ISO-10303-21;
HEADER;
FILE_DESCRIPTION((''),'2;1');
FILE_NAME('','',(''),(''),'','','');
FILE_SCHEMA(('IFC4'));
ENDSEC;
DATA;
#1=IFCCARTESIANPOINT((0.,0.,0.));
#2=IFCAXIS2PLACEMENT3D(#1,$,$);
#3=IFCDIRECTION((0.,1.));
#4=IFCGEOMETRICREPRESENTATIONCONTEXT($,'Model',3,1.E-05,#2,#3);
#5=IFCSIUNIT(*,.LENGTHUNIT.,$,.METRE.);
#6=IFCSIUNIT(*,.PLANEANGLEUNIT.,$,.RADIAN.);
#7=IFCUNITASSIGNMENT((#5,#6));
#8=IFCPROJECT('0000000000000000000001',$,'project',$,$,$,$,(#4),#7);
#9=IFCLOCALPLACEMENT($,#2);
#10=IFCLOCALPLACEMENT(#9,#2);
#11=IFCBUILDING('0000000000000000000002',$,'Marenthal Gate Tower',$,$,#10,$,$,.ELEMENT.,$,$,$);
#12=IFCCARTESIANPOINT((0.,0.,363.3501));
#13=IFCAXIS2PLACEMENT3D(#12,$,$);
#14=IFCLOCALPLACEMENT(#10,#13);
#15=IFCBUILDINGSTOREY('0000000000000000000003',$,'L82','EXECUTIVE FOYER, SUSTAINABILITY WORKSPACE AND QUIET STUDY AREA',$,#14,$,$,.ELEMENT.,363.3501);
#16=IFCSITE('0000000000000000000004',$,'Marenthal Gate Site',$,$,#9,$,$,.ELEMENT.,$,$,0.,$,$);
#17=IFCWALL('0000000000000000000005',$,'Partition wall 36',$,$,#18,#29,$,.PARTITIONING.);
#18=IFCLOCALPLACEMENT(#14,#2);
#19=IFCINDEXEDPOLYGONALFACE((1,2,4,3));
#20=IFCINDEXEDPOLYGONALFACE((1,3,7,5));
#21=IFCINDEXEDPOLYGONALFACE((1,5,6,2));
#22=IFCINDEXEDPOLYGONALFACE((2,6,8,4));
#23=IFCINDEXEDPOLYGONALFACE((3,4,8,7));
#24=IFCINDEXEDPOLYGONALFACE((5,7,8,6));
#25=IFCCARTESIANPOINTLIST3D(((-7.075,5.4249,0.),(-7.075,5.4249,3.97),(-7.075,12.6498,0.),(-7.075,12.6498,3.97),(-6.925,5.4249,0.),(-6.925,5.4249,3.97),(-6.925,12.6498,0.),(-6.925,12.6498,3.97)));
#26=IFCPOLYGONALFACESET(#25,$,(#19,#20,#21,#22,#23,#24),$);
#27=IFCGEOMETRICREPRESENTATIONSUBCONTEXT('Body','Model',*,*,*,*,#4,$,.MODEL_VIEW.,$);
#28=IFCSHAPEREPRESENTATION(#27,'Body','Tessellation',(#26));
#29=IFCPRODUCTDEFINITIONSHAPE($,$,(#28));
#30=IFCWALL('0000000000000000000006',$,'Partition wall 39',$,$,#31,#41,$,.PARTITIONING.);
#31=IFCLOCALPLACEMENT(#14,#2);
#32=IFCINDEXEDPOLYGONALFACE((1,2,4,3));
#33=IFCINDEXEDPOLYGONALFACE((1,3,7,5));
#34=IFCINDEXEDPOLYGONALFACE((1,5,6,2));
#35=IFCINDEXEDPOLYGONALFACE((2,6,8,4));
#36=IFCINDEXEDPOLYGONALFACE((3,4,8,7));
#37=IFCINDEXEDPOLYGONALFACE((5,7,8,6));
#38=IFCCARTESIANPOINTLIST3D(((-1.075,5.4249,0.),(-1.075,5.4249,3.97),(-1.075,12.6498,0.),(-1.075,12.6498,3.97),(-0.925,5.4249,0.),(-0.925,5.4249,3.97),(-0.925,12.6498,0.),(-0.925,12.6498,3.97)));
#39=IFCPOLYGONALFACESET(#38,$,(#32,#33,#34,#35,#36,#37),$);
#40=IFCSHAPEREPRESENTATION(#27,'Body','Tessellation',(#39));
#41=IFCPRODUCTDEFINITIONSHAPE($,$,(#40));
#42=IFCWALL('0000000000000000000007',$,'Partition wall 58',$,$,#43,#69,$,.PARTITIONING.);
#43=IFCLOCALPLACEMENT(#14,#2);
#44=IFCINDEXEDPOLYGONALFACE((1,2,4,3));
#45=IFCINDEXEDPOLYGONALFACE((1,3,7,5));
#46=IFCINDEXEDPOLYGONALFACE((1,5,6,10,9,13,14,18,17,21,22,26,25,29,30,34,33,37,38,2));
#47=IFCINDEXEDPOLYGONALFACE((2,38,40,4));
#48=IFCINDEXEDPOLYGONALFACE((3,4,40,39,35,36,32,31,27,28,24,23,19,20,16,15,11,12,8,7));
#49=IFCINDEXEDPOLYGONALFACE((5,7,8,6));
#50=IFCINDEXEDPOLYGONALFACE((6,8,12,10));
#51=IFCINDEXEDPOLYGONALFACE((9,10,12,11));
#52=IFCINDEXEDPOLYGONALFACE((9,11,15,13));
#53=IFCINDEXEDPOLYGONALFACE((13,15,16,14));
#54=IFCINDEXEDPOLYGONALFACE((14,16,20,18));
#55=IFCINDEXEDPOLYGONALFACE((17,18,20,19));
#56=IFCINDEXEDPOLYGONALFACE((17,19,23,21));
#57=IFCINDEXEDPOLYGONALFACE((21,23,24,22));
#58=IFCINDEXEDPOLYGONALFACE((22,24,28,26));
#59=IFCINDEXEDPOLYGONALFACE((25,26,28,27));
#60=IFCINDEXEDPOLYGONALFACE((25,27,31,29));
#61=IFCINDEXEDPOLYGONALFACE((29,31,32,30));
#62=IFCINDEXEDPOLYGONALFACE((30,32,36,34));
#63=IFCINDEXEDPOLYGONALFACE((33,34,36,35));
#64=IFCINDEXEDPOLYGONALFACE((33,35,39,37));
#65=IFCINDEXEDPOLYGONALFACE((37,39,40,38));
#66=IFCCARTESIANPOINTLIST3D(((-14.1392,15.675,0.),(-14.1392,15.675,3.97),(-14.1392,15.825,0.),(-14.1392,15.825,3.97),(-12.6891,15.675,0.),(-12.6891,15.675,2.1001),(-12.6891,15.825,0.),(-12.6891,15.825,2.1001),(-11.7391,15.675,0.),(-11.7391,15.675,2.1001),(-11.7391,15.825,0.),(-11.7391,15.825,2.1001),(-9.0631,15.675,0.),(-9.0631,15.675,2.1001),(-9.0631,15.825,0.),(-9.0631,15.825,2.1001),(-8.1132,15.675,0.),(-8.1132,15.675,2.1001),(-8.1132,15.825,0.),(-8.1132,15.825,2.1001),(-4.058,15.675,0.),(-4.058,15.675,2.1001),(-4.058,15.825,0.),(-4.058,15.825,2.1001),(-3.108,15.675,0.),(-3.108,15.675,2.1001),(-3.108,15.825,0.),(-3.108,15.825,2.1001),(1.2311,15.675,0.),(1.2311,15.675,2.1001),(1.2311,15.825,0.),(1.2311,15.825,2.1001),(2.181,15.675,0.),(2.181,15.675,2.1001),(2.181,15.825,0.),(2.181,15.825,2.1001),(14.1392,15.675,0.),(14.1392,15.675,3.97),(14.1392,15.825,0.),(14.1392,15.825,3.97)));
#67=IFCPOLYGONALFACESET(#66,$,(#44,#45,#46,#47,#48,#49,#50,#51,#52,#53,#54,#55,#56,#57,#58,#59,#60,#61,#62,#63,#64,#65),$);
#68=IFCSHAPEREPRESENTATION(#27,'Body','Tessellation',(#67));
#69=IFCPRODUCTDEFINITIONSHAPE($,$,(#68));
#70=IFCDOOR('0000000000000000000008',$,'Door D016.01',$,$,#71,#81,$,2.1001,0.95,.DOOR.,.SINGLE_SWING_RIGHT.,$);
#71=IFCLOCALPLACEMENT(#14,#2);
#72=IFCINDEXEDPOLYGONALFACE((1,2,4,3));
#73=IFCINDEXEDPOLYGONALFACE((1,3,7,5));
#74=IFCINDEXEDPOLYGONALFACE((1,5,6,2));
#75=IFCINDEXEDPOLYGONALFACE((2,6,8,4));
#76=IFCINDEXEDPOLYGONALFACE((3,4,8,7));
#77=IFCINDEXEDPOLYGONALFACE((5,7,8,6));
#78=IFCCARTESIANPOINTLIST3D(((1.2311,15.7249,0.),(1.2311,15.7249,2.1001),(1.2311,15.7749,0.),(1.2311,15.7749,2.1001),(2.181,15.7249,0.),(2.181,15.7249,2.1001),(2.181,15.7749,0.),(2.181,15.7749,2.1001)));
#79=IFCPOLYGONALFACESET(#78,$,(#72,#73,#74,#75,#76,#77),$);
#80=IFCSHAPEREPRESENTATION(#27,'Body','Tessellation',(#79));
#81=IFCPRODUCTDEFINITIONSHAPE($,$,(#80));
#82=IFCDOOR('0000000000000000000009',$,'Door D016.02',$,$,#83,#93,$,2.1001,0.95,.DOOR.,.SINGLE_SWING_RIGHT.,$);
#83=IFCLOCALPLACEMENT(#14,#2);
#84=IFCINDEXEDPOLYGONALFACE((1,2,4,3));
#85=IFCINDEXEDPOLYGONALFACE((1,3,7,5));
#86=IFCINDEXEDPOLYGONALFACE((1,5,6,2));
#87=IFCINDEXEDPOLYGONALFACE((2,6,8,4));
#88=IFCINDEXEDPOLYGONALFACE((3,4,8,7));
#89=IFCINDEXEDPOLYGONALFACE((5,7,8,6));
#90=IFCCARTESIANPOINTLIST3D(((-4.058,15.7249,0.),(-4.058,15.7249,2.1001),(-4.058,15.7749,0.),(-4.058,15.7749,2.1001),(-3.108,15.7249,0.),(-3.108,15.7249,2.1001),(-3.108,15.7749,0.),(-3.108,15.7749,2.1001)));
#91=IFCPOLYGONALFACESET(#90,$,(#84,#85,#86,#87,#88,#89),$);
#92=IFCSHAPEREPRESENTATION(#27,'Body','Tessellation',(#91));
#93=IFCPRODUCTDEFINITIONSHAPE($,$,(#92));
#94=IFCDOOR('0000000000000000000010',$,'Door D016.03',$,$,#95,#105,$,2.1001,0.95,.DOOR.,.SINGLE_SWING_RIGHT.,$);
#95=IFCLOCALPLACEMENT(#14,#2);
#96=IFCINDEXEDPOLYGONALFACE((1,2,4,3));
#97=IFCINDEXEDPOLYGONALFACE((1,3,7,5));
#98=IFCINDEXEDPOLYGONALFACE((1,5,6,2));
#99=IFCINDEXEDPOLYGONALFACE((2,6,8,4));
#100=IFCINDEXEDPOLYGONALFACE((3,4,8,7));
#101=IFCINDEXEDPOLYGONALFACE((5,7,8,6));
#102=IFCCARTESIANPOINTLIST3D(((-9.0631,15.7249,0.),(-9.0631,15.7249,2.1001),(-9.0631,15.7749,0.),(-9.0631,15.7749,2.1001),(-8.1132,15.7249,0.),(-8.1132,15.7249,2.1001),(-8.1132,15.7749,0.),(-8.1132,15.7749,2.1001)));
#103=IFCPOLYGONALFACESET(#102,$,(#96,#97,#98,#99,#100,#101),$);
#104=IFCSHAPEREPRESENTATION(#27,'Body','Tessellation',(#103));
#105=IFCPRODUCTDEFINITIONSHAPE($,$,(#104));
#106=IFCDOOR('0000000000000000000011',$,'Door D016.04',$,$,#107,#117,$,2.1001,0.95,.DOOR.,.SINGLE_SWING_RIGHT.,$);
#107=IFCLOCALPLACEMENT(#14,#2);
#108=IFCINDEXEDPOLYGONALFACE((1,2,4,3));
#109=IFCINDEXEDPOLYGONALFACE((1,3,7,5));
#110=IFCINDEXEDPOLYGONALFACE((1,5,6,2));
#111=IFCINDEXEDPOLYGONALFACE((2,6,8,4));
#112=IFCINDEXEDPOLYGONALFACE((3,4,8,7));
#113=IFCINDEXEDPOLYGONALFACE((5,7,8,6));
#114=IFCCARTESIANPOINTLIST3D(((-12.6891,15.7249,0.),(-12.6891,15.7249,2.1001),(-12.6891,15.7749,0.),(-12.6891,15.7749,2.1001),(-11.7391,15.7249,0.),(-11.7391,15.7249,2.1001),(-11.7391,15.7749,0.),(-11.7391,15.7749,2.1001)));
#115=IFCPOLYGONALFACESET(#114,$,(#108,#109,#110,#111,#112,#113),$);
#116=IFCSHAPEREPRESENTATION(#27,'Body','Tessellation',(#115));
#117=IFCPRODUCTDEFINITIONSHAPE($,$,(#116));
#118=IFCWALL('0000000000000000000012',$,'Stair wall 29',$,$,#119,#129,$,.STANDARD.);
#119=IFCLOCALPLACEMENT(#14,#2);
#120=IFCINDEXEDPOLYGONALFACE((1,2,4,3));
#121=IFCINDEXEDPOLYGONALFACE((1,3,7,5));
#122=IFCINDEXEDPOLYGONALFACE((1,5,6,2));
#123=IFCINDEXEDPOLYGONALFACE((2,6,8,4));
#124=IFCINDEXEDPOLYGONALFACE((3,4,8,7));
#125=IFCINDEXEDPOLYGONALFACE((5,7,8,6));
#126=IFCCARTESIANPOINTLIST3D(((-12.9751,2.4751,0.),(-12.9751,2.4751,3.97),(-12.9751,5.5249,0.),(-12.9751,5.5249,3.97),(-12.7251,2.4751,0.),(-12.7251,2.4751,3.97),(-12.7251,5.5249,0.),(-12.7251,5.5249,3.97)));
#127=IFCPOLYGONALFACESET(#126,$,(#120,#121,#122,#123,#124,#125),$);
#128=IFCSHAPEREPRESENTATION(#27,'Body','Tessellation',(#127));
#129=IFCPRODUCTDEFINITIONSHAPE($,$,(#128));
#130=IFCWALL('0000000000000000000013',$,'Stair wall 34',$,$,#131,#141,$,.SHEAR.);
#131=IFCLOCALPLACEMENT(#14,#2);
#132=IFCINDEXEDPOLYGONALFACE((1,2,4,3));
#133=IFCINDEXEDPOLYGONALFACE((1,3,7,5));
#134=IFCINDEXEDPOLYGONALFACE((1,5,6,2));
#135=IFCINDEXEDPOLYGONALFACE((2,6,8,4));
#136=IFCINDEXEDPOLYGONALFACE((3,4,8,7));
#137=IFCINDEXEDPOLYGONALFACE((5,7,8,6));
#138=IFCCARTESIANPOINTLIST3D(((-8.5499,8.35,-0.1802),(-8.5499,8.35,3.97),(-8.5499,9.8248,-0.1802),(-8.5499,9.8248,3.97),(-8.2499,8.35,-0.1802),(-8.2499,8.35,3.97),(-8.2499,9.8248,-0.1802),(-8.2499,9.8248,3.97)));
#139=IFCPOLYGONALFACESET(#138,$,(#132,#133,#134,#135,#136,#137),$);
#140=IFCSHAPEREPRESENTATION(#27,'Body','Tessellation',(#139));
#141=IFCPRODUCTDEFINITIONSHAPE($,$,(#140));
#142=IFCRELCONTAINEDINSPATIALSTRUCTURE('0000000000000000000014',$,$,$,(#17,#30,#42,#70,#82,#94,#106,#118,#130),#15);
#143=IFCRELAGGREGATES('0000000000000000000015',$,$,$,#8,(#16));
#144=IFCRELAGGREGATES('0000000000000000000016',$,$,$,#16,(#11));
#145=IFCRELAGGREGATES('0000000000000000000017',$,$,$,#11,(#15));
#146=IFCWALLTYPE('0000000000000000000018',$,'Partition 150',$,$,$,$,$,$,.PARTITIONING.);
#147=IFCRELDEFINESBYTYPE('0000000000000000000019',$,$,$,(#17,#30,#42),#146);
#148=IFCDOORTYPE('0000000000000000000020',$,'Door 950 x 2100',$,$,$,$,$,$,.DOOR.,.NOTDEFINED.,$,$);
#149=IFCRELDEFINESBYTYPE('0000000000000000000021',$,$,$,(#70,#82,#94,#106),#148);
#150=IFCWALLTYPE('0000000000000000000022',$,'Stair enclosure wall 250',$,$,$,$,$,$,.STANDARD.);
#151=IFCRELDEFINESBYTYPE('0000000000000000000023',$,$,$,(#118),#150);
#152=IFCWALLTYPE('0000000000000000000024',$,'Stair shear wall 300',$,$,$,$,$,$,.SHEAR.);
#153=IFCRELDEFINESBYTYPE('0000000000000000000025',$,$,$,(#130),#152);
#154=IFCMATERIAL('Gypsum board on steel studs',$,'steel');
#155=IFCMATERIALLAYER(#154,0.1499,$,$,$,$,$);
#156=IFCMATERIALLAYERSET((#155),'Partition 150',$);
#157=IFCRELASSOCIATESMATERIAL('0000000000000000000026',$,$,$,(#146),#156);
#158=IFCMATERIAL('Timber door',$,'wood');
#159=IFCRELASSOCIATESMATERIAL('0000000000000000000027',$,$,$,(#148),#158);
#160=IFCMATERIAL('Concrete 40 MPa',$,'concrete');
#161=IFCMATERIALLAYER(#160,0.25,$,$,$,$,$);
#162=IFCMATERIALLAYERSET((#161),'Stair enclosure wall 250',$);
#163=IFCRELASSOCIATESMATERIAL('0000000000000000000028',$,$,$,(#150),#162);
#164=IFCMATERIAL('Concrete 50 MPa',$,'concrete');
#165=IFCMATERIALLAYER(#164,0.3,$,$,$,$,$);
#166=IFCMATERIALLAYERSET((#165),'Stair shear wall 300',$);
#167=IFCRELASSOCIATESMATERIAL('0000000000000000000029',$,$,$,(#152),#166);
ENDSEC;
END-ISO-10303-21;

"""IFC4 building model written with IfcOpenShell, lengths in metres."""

from ifc_helpers import new_model, si_unit, direction, frame, frame_2d, origin, place, context, subcontext, project, spatial, rectangle, extrude, material, layer, layer_set, type_object, element, fill, save


model = new_model("IFC4")

# Units and contexts
model_context = context("Model", 3, precision=1e-05, world=origin(), true_north=direction((0.0, 1.0)))
body_context = subcontext(model_context, "Body", "Model", "MODEL_VIEW")
ifc_project = project(units=[si_unit("LENGTHUNIT", "METRE"), si_unit("PLANEANGLEUNIT", "RADIAN")], contexts=[model_context])

# Site, building, storey
site_placement = place(None, origin())
site = spatial("IfcSite", under=ifc_project, at=site_placement, Name="Marenthal Gate Site", CompositionType="ELEMENT", RefElevation=0.0)
building_placement = place(site_placement, origin())
building = spatial("IfcBuilding", under=site, at=building_placement, Name="Marenthal Gate Tower", CompositionType="ELEMENT")
storey_placement = place(building_placement, frame((0.0, 0.0, 363.3501)))
storey = spatial("IfcBuildingStorey", under=building, at=storey_placement, Name="L82", Description="EXECUTIVE FOYER, SUSTAINABILITY WORKSPACE AND QUIET STUDY AREA", CompositionType="ELEMENT", Elevation=363.3501)

# Walls
ifc_material_1 = material(Name="Gypsum board on steel studs", Category="steel")
ifc_layer_1 = layer(ifc_material_1, 0.1499)
ifc_layer_set_1 = layer_set([ifc_layer_1], Name="Partition 150")
wall_type_1 = type_object("IfcWallType", Name="Partition 150", PredefinedType="PARTITIONING", material=ifc_layer_set_1)
for number, where, z_axis, x_axis, name in (
    (1, (-7.0, 5.425, 0.0), (0.0, 0.0, 1.0), (0.0, 1.0, 0.0), "Partition wall 36"),
    (2, (-1.0, 5.425, 0.0), (0.0, 0.0, 1.0), (0.0, 1.0, 0.0), "Partition wall 39"),
):
    element("IfcWall", number, at=place(storey_placement, frame(where, z_axis=z_axis, x_axis=x_axis)), inside=storey, type_object=wall_type_1, Name=name, PredefinedType="PARTITIONING", context=body_context, shape_type="SweptSolid", body=[
        extrude(rectangle(XDim=7.2249, YDim=0.1499, at=frame_2d((3.6123, 0.0))), origin(), (0.0, 0.0, 1.0), 3.97),
    ])

# Wall, openings, doors
wall_1_placement = place(storey_placement, frame((-14.1392, 15.75, 0.0), z_axis=(0.0, 0.0, 1.0), x_axis=(1.0, 0.0, 0.0)))
wall_1 = element("IfcWall", 3, at=wall_1_placement, inside=storey, type_object=wall_type_1, Name="Partition wall 58", PredefinedType="PARTITIONING", context=body_context, shape_type="SweptSolid", body=[
    extrude(rectangle(XDim=28.2783, YDim=0.1499, at=frame_2d((14.1392, 0.0))), origin(), (0.0, 0.0, 1.0), 3.97),
])
opening_1_placement = place(wall_1_placement, frame((15.3701, 0.0, 0.0)))
opening_1 = element("IfcOpeningElement", 4, at=opening_1_placement, cuts=wall_1, PredefinedType="OPENING", context=body_context, shape_type="SweptSolid", body=[
    extrude(rectangle(XDim=0.95, YDim=2.1001, at=frame_2d((0.4751, 1.05))), frame((0.0, 0.085, 0.0), z_axis=(0.0, -1.0, 0.0), x_axis=(1.0, 0.0, 0.0)), (0.0, 0.0, 1.0), 0.1699),
])
opening_2_placement = place(wall_1_placement, frame((10.0811, 0.0, 0.0)))
opening_2 = element("IfcOpeningElement", 5, at=opening_2_placement, cuts=wall_1, PredefinedType="OPENING", context=body_context, shape_type="SweptSolid", body=[
    extrude(rectangle(XDim=0.95, YDim=2.1001, at=frame_2d((0.4751, 1.05))), frame((0.0, 0.085, 0.0), z_axis=(0.0, -1.0, 0.0), x_axis=(1.0, 0.0, 0.0)), (0.0, 0.0, 1.0), 0.1699),
])
opening_3_placement = place(wall_1_placement, frame((5.0759, 0.0, 0.0)))
opening_3 = element("IfcOpeningElement", 6, at=opening_3_placement, cuts=wall_1, PredefinedType="OPENING", context=body_context, shape_type="SweptSolid", body=[
    extrude(rectangle(XDim=0.95, YDim=2.1001, at=frame_2d((0.4751, 1.05))), frame((0.0, 0.085, 0.0), z_axis=(0.0, -1.0, 0.0), x_axis=(1.0, 0.0, 0.0)), (0.0, 0.0, 1.0), 0.1699),
])
opening_4_placement = place(wall_1_placement, frame((1.45, 0.0, 0.0)))
opening_4 = element("IfcOpeningElement", 7, at=opening_4_placement, cuts=wall_1, PredefinedType="OPENING", context=body_context, shape_type="SweptSolid", body=[
    extrude(rectangle(XDim=0.95, YDim=2.1001, at=frame_2d((0.4751, 1.05))), frame((0.0, 0.085, 0.0), z_axis=(0.0, -1.0, 0.0), x_axis=(1.0, 0.0, 0.0)), (0.0, 0.0, 1.0), 0.1699),
])
ifc_material_2 = material(Name="Timber door", Category="wood")
door_type_1 = type_object("IfcDoorType", Name="Door 950 x 2100", OperationType="NOTDEFINED", PredefinedType="DOOR", material=ifc_material_2)
door_1_placement = place(opening_1_placement, origin())
door_1 = element("IfcDoor", 8, at=door_1_placement, inside=storey, type_object=door_type_1, Name="Door D016.01", OperationType="SINGLE_SWING_RIGHT", OverallHeight=2.1001, OverallWidth=0.95, PredefinedType="DOOR", context=body_context, shape_type="SweptSolid", body=[
    extrude(rectangle(XDim=0.95, YDim=2.1001, at=frame_2d((0.4751, 1.05))), frame((0.0, 0.0249, 0.0), z_axis=(0.0, -1.0, 0.0), x_axis=(1.0, 0.0, 0.0)), (0.0, 0.0, 1.0), 0.05),
])
fill(opening_1, door_1)
door_2_placement = place(opening_2_placement, origin())
door_2 = element("IfcDoor", 9, at=door_2_placement, inside=storey, type_object=door_type_1, Name="Door D016.02", OperationType="SINGLE_SWING_RIGHT", OverallHeight=2.1001, OverallWidth=0.95, PredefinedType="DOOR", context=body_context, shape_type="SweptSolid", body=[
    extrude(rectangle(XDim=0.95, YDim=2.1001, at=frame_2d((0.4751, 1.05))), frame((0.0, 0.0249, 0.0), z_axis=(0.0, -1.0, 0.0), x_axis=(1.0, 0.0, 0.0)), (0.0, 0.0, 1.0), 0.05),
])
fill(opening_2, door_2)
door_3_placement = place(opening_3_placement, origin())
door_3 = element("IfcDoor", 10, at=door_3_placement, inside=storey, type_object=door_type_1, Name="Door D016.03", OperationType="SINGLE_SWING_RIGHT", OverallHeight=2.1001, OverallWidth=0.95, PredefinedType="DOOR", context=body_context, shape_type="SweptSolid", body=[
    extrude(rectangle(XDim=0.95, YDim=2.1001, at=frame_2d((0.4751, 1.05))), frame((0.0, 0.0249, 0.0), z_axis=(0.0, -1.0, 0.0), x_axis=(1.0, 0.0, 0.0)), (0.0, 0.0, 1.0), 0.05),
])
fill(opening_3, door_3)
door_4_placement = place(opening_4_placement, origin())
door_4 = element("IfcDoor", 11, at=door_4_placement, inside=storey, type_object=door_type_1, Name="Door D016.04", OperationType="SINGLE_SWING_RIGHT", OverallHeight=2.1001, OverallWidth=0.95, PredefinedType="DOOR", context=body_context, shape_type="SweptSolid", body=[
    extrude(rectangle(XDim=0.95, YDim=2.1001, at=frame_2d((0.4751, 1.05))), frame((0.0, 0.0249, 0.0), z_axis=(0.0, -1.0, 0.0), x_axis=(1.0, 0.0, 0.0)), (0.0, 0.0, 1.0), 0.05),
])
fill(opening_4, door_4)

# Walls
ifc_material_3 = material(Name="Concrete 40 MPa", Category="concrete")
ifc_layer_2 = layer(ifc_material_3, 0.25)
ifc_layer_set_2 = layer_set([ifc_layer_2], Name="Stair enclosure wall 250")
wall_type_2 = type_object("IfcWallType", Name="Stair enclosure wall 250", PredefinedType="STANDARD", material=ifc_layer_set_2)
wall_2_placement = place(storey_placement, frame((-12.8501, 2.4751, 0.0), z_axis=(0.0, 0.0, 1.0), x_axis=(0.0, 1.0, 0.0)))
element("IfcWall", 12, at=wall_2_placement, inside=storey, type_object=wall_type_2, Name="Stair wall 29", PredefinedType="STANDARD", context=body_context, shape_type="SweptSolid", body=[
    extrude(rectangle(XDim=3.0498, YDim=0.25, at=frame_2d((1.5249, 0.0))), origin(), (0.0, 0.0, 1.0), 3.97),
])
ifc_material_4 = material(Name="Concrete 50 MPa", Category="concrete")
ifc_layer_3 = layer(ifc_material_4, 0.3)
ifc_layer_set_3 = layer_set([ifc_layer_3], Name="Stair shear wall 300")
wall_type_3 = type_object("IfcWallType", Name="Stair shear wall 300", PredefinedType="SHEAR", material=ifc_layer_set_3)
wall_3_placement = place(storey_placement, frame((-8.3999, 8.3501, -0.1802), z_axis=(0.0, 0.0, 1.0), x_axis=(0.0, 1.0, 0.0)))
element("IfcWall", 13, at=wall_3_placement, inside=storey, type_object=wall_type_3, Name="Stair wall 34", PredefinedType="SHEAR", context=body_context, shape_type="SweptSolid", body=[
    extrude(rectangle(XDim=1.4749, YDim=0.3, at=frame_2d((0.7373, 0.0))), origin(), (0.0, 0.0, 1.0), 4.1501),
])

save(model, "model.ifc")
